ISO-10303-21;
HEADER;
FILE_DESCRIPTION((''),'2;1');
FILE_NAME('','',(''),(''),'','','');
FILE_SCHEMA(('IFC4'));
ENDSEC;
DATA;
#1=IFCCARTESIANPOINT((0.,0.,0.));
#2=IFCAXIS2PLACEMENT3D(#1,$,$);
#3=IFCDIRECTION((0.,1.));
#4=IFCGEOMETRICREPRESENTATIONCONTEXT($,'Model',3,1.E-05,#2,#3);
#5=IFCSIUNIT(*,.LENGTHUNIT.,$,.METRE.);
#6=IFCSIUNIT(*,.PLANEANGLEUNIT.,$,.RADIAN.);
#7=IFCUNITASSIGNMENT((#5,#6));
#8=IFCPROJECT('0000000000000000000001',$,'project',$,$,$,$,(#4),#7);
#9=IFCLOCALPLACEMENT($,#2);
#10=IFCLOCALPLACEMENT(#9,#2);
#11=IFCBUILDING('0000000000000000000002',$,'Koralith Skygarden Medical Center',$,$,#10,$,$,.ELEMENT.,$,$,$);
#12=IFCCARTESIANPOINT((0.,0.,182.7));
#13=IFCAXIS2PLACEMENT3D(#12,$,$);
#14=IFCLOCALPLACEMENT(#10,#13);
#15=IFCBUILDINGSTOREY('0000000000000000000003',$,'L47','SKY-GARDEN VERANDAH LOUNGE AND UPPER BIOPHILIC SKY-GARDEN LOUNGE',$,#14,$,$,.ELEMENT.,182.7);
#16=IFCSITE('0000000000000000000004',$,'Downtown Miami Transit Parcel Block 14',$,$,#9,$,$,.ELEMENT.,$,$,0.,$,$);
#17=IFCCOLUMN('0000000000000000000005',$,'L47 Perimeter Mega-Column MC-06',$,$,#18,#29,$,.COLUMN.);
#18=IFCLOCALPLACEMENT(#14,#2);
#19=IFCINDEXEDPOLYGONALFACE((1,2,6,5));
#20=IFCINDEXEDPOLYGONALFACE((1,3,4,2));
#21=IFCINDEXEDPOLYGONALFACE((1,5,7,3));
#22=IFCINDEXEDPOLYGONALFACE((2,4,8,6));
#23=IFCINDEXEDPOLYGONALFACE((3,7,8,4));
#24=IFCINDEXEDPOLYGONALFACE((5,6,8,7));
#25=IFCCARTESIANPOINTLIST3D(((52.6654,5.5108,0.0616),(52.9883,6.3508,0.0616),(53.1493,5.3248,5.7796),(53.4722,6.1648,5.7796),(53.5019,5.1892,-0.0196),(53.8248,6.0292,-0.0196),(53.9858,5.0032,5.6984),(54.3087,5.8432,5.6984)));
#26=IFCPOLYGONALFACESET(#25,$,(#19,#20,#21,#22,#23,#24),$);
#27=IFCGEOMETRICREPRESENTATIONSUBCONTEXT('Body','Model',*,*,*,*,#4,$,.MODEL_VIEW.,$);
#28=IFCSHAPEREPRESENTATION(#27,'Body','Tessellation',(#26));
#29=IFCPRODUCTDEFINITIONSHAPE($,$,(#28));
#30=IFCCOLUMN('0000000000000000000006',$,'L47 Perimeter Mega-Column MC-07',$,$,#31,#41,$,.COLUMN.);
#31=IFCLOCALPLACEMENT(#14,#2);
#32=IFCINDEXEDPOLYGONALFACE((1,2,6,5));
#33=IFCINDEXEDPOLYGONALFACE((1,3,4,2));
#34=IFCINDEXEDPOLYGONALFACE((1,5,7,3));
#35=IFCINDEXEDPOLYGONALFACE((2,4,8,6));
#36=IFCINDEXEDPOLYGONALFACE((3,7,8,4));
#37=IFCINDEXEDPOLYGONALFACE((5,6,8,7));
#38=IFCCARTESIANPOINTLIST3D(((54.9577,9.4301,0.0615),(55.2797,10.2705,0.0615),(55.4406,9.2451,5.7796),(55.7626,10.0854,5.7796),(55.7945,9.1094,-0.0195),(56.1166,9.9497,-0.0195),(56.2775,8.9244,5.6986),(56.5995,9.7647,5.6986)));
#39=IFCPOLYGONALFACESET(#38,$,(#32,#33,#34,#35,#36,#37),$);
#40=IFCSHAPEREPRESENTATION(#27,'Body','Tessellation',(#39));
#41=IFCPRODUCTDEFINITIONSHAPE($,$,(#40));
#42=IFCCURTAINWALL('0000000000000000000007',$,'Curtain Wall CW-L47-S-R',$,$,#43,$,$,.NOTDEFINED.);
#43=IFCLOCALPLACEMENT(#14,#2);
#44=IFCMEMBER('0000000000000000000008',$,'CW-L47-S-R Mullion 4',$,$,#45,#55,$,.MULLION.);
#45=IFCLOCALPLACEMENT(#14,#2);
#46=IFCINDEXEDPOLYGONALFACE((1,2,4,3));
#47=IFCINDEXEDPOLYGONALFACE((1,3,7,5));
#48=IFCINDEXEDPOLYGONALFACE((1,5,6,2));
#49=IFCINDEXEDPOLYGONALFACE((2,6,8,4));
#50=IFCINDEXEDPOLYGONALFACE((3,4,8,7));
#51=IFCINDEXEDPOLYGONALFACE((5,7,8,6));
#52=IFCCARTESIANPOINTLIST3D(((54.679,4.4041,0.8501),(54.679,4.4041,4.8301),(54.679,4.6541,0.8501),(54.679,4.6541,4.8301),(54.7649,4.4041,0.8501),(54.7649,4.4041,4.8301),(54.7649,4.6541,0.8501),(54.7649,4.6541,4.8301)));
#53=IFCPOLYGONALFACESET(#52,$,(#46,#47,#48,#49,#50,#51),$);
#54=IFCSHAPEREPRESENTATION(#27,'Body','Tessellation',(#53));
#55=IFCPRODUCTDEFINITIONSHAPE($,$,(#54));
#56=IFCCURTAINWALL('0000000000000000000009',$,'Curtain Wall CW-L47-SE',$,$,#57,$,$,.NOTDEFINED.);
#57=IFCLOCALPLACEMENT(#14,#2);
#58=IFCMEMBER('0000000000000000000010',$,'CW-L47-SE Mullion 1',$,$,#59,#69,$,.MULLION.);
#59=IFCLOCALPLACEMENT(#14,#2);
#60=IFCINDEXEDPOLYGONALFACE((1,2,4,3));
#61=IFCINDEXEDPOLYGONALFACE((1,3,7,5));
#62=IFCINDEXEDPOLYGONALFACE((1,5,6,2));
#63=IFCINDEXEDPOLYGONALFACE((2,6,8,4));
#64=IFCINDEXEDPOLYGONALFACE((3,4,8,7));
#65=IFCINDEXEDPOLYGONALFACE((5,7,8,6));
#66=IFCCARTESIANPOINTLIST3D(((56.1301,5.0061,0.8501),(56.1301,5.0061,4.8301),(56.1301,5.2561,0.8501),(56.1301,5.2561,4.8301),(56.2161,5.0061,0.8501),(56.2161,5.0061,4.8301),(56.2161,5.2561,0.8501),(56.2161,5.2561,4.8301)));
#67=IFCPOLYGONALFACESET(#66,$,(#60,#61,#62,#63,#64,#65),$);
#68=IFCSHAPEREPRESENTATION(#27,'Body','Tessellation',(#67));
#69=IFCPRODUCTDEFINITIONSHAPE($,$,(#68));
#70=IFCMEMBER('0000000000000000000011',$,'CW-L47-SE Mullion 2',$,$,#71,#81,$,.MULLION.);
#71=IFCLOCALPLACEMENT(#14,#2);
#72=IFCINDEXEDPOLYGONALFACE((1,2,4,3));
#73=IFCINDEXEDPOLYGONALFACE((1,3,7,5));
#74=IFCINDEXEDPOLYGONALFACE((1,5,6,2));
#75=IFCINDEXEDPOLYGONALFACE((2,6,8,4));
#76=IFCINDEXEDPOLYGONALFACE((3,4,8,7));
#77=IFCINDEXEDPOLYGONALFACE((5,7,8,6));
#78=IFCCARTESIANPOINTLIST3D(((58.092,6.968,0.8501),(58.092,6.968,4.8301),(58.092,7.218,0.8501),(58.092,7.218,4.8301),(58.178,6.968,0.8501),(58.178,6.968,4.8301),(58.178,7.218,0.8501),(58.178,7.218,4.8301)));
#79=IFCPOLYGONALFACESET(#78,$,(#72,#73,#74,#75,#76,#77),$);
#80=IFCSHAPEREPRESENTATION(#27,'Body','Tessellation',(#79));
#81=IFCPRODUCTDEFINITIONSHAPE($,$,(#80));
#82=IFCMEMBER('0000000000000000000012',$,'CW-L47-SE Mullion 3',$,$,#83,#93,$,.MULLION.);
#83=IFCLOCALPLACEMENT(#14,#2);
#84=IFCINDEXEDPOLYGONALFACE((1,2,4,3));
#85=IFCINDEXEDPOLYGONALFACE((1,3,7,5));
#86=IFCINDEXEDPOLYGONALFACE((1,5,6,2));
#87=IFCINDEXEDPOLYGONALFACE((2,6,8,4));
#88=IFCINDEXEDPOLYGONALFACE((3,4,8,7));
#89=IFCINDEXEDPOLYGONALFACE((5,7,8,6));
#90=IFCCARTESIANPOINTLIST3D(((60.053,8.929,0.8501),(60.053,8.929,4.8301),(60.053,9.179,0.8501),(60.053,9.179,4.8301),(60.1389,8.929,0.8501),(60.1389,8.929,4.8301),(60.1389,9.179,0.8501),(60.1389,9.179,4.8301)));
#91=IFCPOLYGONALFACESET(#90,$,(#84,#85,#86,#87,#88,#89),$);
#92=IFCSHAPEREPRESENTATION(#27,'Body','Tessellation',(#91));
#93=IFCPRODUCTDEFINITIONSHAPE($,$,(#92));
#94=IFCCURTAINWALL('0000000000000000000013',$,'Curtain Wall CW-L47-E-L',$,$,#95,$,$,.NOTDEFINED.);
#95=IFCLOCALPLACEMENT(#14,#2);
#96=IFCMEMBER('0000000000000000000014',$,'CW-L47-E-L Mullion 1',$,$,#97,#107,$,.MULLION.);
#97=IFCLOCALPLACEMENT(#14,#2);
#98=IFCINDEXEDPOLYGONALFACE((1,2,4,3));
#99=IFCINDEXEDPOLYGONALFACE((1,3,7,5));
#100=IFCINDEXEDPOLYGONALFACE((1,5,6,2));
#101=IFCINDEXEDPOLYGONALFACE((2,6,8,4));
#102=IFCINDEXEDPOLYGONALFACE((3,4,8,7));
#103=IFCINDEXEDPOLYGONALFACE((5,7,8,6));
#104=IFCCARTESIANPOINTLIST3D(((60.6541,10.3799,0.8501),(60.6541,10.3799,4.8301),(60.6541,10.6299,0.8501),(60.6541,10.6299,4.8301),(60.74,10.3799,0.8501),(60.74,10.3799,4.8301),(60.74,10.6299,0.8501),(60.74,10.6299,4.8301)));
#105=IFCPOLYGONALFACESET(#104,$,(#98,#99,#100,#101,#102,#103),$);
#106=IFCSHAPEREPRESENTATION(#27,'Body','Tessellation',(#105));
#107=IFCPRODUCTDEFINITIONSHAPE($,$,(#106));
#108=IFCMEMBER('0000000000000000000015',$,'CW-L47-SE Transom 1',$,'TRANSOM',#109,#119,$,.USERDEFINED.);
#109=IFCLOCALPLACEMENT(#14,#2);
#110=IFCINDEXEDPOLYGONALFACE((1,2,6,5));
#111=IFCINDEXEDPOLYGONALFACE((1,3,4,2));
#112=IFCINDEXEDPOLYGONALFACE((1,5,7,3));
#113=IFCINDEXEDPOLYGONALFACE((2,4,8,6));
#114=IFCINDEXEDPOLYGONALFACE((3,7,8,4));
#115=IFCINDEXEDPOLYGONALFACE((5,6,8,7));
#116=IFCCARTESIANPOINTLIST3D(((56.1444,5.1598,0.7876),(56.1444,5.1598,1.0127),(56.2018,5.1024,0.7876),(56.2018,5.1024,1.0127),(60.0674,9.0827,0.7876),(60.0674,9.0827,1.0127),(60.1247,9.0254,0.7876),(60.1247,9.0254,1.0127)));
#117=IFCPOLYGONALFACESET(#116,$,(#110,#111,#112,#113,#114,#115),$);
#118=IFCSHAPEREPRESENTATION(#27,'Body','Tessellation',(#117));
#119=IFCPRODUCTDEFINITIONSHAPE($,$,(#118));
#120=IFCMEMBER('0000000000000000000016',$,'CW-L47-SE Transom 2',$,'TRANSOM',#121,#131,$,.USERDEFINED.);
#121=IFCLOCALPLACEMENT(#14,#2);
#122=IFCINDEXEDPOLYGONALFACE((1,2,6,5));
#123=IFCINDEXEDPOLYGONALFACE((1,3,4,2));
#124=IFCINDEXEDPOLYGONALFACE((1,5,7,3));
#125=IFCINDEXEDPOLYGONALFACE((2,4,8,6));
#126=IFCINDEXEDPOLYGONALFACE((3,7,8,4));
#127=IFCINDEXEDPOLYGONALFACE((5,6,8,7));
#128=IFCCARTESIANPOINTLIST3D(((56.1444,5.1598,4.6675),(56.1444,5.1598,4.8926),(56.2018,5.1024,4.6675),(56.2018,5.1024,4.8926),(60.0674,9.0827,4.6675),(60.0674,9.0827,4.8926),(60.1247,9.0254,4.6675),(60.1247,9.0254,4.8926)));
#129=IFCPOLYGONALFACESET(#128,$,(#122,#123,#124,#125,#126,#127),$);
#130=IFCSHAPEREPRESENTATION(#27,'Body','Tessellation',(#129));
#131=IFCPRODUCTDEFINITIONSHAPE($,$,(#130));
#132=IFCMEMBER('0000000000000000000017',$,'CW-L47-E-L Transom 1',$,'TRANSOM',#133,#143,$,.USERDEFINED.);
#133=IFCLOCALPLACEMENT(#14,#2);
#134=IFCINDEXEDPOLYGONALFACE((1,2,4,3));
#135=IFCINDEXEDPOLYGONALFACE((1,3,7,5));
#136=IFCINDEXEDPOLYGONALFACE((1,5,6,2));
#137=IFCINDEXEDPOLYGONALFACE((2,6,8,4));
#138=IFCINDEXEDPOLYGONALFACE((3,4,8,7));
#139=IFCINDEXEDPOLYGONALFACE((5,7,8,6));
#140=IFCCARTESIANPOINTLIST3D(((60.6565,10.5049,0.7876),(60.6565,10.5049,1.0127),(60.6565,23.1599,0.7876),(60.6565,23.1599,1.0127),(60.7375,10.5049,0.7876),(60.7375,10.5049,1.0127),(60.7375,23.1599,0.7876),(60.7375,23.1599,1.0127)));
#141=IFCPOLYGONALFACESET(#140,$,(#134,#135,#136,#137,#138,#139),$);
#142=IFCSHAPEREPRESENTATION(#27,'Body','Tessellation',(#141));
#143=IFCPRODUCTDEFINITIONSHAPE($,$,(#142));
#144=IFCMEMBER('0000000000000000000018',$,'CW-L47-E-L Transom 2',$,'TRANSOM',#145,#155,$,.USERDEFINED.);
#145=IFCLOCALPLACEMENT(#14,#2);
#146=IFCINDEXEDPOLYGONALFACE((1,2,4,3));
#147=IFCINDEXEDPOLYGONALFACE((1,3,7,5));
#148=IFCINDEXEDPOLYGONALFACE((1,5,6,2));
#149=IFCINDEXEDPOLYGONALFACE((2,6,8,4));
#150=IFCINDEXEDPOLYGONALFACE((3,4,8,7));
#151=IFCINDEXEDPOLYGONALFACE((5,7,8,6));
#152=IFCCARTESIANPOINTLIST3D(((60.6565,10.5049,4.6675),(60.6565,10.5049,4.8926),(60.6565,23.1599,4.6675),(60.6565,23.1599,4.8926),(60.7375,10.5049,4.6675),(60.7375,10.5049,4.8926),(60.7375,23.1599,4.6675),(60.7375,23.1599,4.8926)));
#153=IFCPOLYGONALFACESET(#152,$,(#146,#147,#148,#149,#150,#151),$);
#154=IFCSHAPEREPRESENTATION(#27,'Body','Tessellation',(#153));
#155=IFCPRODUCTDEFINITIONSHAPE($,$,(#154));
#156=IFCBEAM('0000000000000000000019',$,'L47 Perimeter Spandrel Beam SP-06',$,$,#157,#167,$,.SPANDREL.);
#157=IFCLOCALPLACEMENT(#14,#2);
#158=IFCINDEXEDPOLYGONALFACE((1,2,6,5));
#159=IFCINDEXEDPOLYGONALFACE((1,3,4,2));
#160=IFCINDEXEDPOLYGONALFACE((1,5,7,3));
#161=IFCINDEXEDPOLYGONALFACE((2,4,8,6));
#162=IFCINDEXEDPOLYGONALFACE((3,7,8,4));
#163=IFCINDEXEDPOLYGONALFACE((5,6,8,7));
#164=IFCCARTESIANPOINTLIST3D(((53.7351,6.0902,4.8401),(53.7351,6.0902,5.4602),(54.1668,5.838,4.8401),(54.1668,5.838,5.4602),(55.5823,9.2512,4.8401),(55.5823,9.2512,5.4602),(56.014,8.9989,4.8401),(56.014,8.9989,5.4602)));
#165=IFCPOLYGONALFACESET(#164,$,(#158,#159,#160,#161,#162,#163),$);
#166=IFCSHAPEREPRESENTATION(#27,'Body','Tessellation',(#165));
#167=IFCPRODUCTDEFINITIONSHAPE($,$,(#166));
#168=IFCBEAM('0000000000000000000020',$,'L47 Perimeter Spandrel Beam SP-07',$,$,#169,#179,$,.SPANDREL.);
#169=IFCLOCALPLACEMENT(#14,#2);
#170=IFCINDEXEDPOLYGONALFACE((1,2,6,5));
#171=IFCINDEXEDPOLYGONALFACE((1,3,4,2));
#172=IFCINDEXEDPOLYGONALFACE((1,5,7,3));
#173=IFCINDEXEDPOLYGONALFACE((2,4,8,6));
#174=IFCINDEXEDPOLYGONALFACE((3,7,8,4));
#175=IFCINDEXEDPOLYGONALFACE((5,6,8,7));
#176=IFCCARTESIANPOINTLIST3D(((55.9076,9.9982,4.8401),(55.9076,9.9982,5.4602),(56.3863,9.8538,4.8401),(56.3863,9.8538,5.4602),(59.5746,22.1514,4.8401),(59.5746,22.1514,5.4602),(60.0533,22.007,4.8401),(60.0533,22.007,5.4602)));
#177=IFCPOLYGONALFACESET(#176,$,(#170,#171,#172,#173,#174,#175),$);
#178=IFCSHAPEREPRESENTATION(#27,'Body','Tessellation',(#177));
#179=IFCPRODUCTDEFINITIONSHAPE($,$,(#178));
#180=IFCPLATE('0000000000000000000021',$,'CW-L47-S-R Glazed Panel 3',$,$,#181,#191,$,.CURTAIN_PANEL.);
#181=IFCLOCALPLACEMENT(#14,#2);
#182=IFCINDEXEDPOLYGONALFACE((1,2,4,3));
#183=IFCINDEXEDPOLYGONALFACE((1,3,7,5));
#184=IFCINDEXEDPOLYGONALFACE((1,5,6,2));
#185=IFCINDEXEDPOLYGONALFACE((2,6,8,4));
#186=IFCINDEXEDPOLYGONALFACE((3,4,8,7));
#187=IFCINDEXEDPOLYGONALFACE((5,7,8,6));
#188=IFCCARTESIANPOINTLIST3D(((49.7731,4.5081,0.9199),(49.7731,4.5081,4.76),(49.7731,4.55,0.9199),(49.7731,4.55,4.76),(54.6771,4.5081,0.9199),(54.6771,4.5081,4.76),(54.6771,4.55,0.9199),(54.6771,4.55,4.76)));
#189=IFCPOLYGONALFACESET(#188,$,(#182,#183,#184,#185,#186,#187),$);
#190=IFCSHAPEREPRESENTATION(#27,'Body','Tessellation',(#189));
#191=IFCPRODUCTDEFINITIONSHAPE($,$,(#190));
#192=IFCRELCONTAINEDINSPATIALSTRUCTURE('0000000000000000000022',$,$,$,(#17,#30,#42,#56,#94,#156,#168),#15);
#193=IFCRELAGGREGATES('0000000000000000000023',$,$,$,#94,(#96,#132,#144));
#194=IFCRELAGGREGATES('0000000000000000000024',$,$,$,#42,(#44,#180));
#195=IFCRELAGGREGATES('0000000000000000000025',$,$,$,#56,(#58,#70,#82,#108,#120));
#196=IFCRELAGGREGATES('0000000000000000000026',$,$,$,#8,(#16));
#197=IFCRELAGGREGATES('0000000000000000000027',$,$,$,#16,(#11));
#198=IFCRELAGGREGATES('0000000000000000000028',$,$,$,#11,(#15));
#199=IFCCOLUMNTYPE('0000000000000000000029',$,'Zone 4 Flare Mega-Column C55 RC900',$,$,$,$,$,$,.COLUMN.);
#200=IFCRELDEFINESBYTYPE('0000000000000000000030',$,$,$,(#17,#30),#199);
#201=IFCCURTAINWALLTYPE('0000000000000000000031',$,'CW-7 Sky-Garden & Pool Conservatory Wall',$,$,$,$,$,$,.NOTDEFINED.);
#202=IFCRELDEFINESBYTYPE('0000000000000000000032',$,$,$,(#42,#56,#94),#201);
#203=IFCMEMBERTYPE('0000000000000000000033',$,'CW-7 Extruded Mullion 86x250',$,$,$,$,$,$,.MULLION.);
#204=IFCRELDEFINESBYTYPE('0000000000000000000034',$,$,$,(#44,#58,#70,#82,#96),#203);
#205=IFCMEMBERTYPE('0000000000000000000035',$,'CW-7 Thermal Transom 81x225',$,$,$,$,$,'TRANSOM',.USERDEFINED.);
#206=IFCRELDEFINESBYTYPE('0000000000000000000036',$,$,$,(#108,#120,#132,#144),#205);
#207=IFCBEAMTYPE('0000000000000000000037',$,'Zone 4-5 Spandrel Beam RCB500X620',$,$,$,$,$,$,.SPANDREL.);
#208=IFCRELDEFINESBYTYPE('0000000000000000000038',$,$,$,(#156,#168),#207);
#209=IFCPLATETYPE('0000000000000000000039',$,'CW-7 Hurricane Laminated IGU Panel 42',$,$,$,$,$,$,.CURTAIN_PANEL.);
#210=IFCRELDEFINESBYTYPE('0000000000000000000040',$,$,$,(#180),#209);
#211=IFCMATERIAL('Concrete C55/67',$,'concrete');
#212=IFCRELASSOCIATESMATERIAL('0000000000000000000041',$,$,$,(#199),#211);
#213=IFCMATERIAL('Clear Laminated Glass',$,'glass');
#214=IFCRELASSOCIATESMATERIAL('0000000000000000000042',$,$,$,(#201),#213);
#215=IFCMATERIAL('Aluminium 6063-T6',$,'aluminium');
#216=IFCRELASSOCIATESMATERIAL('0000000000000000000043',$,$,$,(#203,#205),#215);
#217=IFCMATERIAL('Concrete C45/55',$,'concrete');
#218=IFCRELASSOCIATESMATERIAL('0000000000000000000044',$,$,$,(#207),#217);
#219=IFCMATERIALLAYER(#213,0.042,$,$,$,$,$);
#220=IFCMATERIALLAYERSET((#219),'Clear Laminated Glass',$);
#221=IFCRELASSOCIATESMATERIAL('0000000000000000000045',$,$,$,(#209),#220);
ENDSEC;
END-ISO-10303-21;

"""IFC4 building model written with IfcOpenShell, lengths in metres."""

from ifc_helpers import new_model, si_unit, direction, frame, origin, origin_2d, place, context, subcontext, project, spatial, rectangle, extrude, material, layer, layer_set, material_profile, profile_set, type_object, element, aggregate, save


model = new_model("IFC4")

# Units and contexts
model_context = context("Model", 3, precision=1e-05, world=origin(), true_north=direction((0.0, 1.0)))
body_context = subcontext(model_context, "Body", "Model", "MODEL_VIEW")
ifc_project = project(units=[si_unit("LENGTHUNIT", "METRE"), si_unit("PLANEANGLEUNIT", "RADIAN")], contexts=[model_context])

# Site, building, storey
site_placement = place(None, origin())
site = spatial("IfcSite", under=ifc_project, at=site_placement, Name="Downtown Miami Transit Parcel Block 14", CompositionType="ELEMENT", RefElevation=0.0)
building_placement = place(site_placement, origin())
building = spatial("IfcBuilding", under=site, at=building_placement, Name="Koralith Skygarden Medical Center", CompositionType="ELEMENT")
storey_placement = place(building_placement, frame((0.0, 0.0, 182.7)))
storey = spatial("IfcBuildingStorey", under=building, at=storey_placement, Name="L47", Description="SKY-GARDEN VERANDAH LOUNGE AND UPPER BIOPHILIC SKY-GARDEN LOUNGE", CompositionType="ELEMENT", Elevation=182.7)

# Columns
ifc_material_1 = material(Name="Concrete C55/67", Category="concrete")
ifc_material_profile_1 = material_profile(ifc_material_1, rectangle(XDim=0.8999, YDim=0.8999, at=origin_2d()), Name="RC900X900")
ifc_profile_set_1 = profile_set([ifc_material_profile_1], Name="Concrete C55/67")
column_type = type_object("IfcColumnType", Name="Zone 4 Flare Mega-Column C55 RC900", PredefinedType="COLUMN", material=ifc_profile_set_1)
for number, where, z_axis, x_axis, name in (
    (1, (53.2451, 5.77, 0.021), (0.084279, -0.032402, 0.995915), (0.358853, 0.933394, 0.0), "L47 Perimeter Mega-Column MC-06"),
    (2, (55.5371, 9.6899, 0.021), (0.084111, -0.032233, 0.995935), (0.35784, 0.933783, 0.0), "L47 Perimeter Mega-Column MC-07"),
):
    element("IfcColumn", number, at=place(storey_placement, frame(where, z_axis=z_axis, x_axis=x_axis)), inside=storey, type_object=column_type, Name=name, PredefinedType="COLUMN", context=body_context, shape_type="SweptSolid", body=[
        extrude(rectangle(XDim=0.8999, YDim=0.8999, at=origin_2d()), origin(), (0.0, 0.0, 1.0), 5.7415),
    ])

# Curtain wall, member
ifc_material_2 = material(Name="Clear Laminated Glass", Category="glass")
curtain_wall_type = type_object("IfcCurtainWallType", Name="CW-7 Sky-Garden & Pool Conservatory Wall", PredefinedType="NOTDEFINED", material=ifc_material_2)
curtain_wall_1_placement = place(storey_placement, origin())
curtain_wall_1 = element("IfcCurtainWall", 3, at=curtain_wall_1_placement, inside=storey, type_object=curtain_wall_type, Name="Curtain Wall CW-L47-S-R", PredefinedType="NOTDEFINED")
ifc_material_3 = material(Name="Aluminium 6063-T6", Category="aluminium")
ifc_material_profile_2 = material_profile(ifc_material_3, rectangle(XDim=0.0859, YDim=0.25, at=origin_2d()), Name="MUL86X250")
ifc_profile_set_2 = profile_set([ifc_material_profile_2], Name="Aluminium 6063-T6")
member_type_1 = type_object("IfcMemberType", Name="CW-7 Extruded Mullion 86x250", PredefinedType="MULLION", material=ifc_profile_set_2)
member_1_placement = place(storey_placement, frame((54.7219, 4.5291, 0.8501), z_axis=(0.0, 0.0, 1.0), x_axis=(1.0, 0.0, 0.0)))
member_1 = element("IfcMember", 4, at=member_1_placement, type_object=member_type_1, Name="CW-L47-S-R Mullion 4", PredefinedType="MULLION", context=body_context, shape_type="SweptSolid", body=[
    extrude(rectangle(XDim=0.0859, YDim=0.25, at=origin_2d()), origin(), (0.0, 0.0, 1.0), 3.98),
])

# Curtain wall, members
curtain_wall_2_placement = place(storey_placement, origin())
curtain_wall_2 = element("IfcCurtainWall", 5, at=curtain_wall_2_placement, inside=storey, type_object=curtain_wall_type, Name="Curtain Wall CW-L47-SE", PredefinedType="NOTDEFINED")
member_2_placement = place(storey_placement, frame((56.1731, 5.1311, 0.8501), z_axis=(0.0, 0.0, 1.0), x_axis=(1.0, 0.0, 0.0)))
member_2 = element("IfcMember", 6, at=member_2_placement, type_object=member_type_1, Name="CW-L47-SE Mullion 1", PredefinedType="MULLION", context=body_context, shape_type="SweptSolid", body=[
    extrude(rectangle(XDim=0.0859, YDim=0.25, at=origin_2d()), origin(), (0.0, 0.0, 1.0), 3.98),
])
member_3_placement = place(storey_placement, frame((58.135, 7.093, 0.8501), z_axis=(0.0, 0.0, 1.0), x_axis=(1.0, 0.0, 0.0)))
member_3 = element("IfcMember", 7, at=member_3_placement, type_object=member_type_1, Name="CW-L47-SE Mullion 2", PredefinedType="MULLION", context=body_context, shape_type="SweptSolid", body=[
    extrude(rectangle(XDim=0.0859, YDim=0.25, at=origin_2d()), origin(), (0.0, 0.0, 1.0), 3.98),
])
member_4_placement = place(storey_placement, frame((60.0959, 9.054, 0.8501), z_axis=(0.0, 0.0, 1.0), x_axis=(1.0, 0.0, 0.0)))
member_4 = element("IfcMember", 8, at=member_4_placement, type_object=member_type_1, Name="CW-L47-SE Mullion 3", PredefinedType="MULLION", context=body_context, shape_type="SweptSolid", body=[
    extrude(rectangle(XDim=0.0859, YDim=0.25, at=origin_2d()), origin(), (0.0, 0.0, 1.0), 3.98),
])

# Curtain wall, member
curtain_wall_3_placement = place(storey_placement, origin())
curtain_wall_3 = element("IfcCurtainWall", 9, at=curtain_wall_3_placement, inside=storey, type_object=curtain_wall_type, Name="Curtain Wall CW-L47-E-L", PredefinedType="NOTDEFINED")
member_5_placement = place(storey_placement, frame((60.697, 10.5049, 0.8501), z_axis=(0.0, 0.0, 1.0), x_axis=(1.0, 0.0, 0.0)))
member_5 = element("IfcMember", 10, at=member_5_placement, type_object=member_type_1, Name="CW-L47-E-L Mullion 1", PredefinedType="MULLION", context=body_context, shape_type="SweptSolid", body=[
    extrude(rectangle(XDim=0.0859, YDim=0.25, at=origin_2d()), origin(), (0.0, 0.0, 1.0), 3.98),
])

# Members
ifc_material_profile_3 = material_profile(ifc_material_3, rectangle(XDim=0.0811, YDim=0.2251, at=origin_2d()), Name="TRN81X225")
ifc_profile_set_3 = profile_set([ifc_material_profile_3], Name="Aluminium 6063-T6")
member_type_2 = type_object("IfcMemberType", Name="CW-7 Thermal Transom 81x225", ElementType="TRANSOM", PredefinedType="USERDEFINED", material=ifc_profile_set_3)
member_6_placement = place(storey_placement, frame((56.1731, 5.1311, 0.9001), z_axis=(0.707107, 0.707107, 0.0), x_axis=(-0.707107, 0.707107, 0.0)))
member_6 = element("IfcMember", 11, at=member_6_placement, type_object=member_type_2, Name="CW-L47-SE Transom 1", ObjectType="TRANSOM", PredefinedType="USERDEFINED", context=body_context, shape_type="SweptSolid", body=[
    extrude(rectangle(XDim=0.0811, YDim=0.2251, at=origin_2d()), origin(), (0.0, 0.0, 1.0), 5.5479),
])
member_7_placement = place(storey_placement, frame((56.1731, 5.1311, 4.78), z_axis=(0.707107, 0.707107, 0.0), x_axis=(-0.707107, 0.707107, 0.0)))
member_7 = element("IfcMember", 12, at=member_7_placement, type_object=member_type_2, Name="CW-L47-SE Transom 2", ObjectType="TRANSOM", PredefinedType="USERDEFINED", context=body_context, shape_type="SweptSolid", body=[
    extrude(rectangle(XDim=0.0811, YDim=0.2251, at=origin_2d()), origin(), (0.0, 0.0, 1.0), 5.5479),
])
member_8_placement = place(storey_placement, frame((60.697, 10.5049, 0.9001), z_axis=(0.0, 1.0, 0.0), x_axis=(-1.0, 0.0, 0.0)))
member_8 = element("IfcMember", 13, at=member_8_placement, type_object=member_type_2, Name="CW-L47-E-L Transom 1", ObjectType="TRANSOM", PredefinedType="USERDEFINED", context=body_context, shape_type="SweptSolid", body=[
    extrude(rectangle(XDim=0.0811, YDim=0.2251, at=origin_2d()), origin(), (0.0, 0.0, 1.0), 12.655),
])
member_9_placement = place(storey_placement, frame((60.697, 10.5049, 4.78), z_axis=(0.0, 1.0, 0.0), x_axis=(-1.0, 0.0, 0.0)))
member_9 = element("IfcMember", 14, at=member_9_placement, type_object=member_type_2, Name="CW-L47-E-L Transom 2", ObjectType="TRANSOM", PredefinedType="USERDEFINED", context=body_context, shape_type="SweptSolid", body=[
    extrude(rectangle(XDim=0.0811, YDim=0.2251, at=origin_2d()), origin(), (0.0, 0.0, 1.0), 12.655),
])
aggregate(curtain_wall_3, [member_5, member_8, member_9])

# Beams
ifc_material_4 = material(Name="Concrete C45/55", Category="concrete")
ifc_material_profile_4 = material_profile(ifc_material_4, rectangle(XDim=0.5, YDim=0.6201, at=origin_2d()), Name="RCB500X620")
ifc_profile_set_4 = profile_set([ifc_material_profile_4], Name="Concrete C45/55")
beam_type = type_object("IfcBeamType", Name="Zone 4-5 Spandrel Beam RCB500X620", PredefinedType="SPANDREL", material=ifc_profile_set_4)
beam_1_placement = place(storey_placement, frame((53.9509, 5.9641, 5.1501), z_axis=(0.504547, 0.863384, 0.0), x_axis=(-0.863384, 0.504547, 0.0)))
element("IfcBeam", 15, at=beam_1_placement, inside=storey, type_object=beam_type, Name="L47 Perimeter Spandrel Beam SP-06", PredefinedType="SPANDREL", context=body_context, shape_type="SweptSolid", body=[
    extrude(rectangle(XDim=0.5, YDim=0.6201, at=origin_2d()), origin(), (0.0, 0.0, 1.0), 3.6611),
])
beam_2_placement = place(storey_placement, frame((56.147, 9.926, 5.1501), z_axis=(0.28887, 0.957368, 0.0), x_axis=(-0.957368, 0.28887, 0.0)))
element("IfcBeam", 16, at=beam_2_placement, inside=storey, type_object=beam_type, Name="L47 Perimeter Spandrel Beam SP-07", PredefinedType="SPANDREL", context=body_context, shape_type="SweptSolid", body=[
    extrude(rectangle(XDim=0.5, YDim=0.6201, at=origin_2d()), origin(), (0.0, 0.0, 1.0), 12.6943),
])

# Plate
ifc_layer_1 = layer(ifc_material_2, 0.042)
ifc_layer_set_1 = layer_set([ifc_layer_1], Name="Clear Laminated Glass")
plate_type_1 = type_object("IfcPlateType", Name="CW-7 Hurricane Laminated IGU Panel 42", PredefinedType="CURTAIN_PANEL", material=ifc_layer_set_1)
plate_1_placement = place(storey_placement, frame((52.2251, 4.5291, 0.9199), z_axis=(0.0, 0.0, 1.0), x_axis=(1.0, 0.0, 0.0)))
plate_1 = element("IfcPlate", 17, at=plate_1_placement, type_object=plate_type_1, Name="CW-L47-S-R Glazed Panel 3", PredefinedType="CURTAIN_PANEL", context=body_context, shape_type="SweptSolid", body=[
    extrude(rectangle(XDim=4.9041, YDim=0.042, at=origin_2d()), origin(), (0.0, 0.0, 1.0), 3.8401),
])
aggregate(curtain_wall_1, [member_1, plate_1])
aggregate(curtain_wall_2, [member_2, member_3, member_4, member_6, member_7])

save(model, "model.ifc")
